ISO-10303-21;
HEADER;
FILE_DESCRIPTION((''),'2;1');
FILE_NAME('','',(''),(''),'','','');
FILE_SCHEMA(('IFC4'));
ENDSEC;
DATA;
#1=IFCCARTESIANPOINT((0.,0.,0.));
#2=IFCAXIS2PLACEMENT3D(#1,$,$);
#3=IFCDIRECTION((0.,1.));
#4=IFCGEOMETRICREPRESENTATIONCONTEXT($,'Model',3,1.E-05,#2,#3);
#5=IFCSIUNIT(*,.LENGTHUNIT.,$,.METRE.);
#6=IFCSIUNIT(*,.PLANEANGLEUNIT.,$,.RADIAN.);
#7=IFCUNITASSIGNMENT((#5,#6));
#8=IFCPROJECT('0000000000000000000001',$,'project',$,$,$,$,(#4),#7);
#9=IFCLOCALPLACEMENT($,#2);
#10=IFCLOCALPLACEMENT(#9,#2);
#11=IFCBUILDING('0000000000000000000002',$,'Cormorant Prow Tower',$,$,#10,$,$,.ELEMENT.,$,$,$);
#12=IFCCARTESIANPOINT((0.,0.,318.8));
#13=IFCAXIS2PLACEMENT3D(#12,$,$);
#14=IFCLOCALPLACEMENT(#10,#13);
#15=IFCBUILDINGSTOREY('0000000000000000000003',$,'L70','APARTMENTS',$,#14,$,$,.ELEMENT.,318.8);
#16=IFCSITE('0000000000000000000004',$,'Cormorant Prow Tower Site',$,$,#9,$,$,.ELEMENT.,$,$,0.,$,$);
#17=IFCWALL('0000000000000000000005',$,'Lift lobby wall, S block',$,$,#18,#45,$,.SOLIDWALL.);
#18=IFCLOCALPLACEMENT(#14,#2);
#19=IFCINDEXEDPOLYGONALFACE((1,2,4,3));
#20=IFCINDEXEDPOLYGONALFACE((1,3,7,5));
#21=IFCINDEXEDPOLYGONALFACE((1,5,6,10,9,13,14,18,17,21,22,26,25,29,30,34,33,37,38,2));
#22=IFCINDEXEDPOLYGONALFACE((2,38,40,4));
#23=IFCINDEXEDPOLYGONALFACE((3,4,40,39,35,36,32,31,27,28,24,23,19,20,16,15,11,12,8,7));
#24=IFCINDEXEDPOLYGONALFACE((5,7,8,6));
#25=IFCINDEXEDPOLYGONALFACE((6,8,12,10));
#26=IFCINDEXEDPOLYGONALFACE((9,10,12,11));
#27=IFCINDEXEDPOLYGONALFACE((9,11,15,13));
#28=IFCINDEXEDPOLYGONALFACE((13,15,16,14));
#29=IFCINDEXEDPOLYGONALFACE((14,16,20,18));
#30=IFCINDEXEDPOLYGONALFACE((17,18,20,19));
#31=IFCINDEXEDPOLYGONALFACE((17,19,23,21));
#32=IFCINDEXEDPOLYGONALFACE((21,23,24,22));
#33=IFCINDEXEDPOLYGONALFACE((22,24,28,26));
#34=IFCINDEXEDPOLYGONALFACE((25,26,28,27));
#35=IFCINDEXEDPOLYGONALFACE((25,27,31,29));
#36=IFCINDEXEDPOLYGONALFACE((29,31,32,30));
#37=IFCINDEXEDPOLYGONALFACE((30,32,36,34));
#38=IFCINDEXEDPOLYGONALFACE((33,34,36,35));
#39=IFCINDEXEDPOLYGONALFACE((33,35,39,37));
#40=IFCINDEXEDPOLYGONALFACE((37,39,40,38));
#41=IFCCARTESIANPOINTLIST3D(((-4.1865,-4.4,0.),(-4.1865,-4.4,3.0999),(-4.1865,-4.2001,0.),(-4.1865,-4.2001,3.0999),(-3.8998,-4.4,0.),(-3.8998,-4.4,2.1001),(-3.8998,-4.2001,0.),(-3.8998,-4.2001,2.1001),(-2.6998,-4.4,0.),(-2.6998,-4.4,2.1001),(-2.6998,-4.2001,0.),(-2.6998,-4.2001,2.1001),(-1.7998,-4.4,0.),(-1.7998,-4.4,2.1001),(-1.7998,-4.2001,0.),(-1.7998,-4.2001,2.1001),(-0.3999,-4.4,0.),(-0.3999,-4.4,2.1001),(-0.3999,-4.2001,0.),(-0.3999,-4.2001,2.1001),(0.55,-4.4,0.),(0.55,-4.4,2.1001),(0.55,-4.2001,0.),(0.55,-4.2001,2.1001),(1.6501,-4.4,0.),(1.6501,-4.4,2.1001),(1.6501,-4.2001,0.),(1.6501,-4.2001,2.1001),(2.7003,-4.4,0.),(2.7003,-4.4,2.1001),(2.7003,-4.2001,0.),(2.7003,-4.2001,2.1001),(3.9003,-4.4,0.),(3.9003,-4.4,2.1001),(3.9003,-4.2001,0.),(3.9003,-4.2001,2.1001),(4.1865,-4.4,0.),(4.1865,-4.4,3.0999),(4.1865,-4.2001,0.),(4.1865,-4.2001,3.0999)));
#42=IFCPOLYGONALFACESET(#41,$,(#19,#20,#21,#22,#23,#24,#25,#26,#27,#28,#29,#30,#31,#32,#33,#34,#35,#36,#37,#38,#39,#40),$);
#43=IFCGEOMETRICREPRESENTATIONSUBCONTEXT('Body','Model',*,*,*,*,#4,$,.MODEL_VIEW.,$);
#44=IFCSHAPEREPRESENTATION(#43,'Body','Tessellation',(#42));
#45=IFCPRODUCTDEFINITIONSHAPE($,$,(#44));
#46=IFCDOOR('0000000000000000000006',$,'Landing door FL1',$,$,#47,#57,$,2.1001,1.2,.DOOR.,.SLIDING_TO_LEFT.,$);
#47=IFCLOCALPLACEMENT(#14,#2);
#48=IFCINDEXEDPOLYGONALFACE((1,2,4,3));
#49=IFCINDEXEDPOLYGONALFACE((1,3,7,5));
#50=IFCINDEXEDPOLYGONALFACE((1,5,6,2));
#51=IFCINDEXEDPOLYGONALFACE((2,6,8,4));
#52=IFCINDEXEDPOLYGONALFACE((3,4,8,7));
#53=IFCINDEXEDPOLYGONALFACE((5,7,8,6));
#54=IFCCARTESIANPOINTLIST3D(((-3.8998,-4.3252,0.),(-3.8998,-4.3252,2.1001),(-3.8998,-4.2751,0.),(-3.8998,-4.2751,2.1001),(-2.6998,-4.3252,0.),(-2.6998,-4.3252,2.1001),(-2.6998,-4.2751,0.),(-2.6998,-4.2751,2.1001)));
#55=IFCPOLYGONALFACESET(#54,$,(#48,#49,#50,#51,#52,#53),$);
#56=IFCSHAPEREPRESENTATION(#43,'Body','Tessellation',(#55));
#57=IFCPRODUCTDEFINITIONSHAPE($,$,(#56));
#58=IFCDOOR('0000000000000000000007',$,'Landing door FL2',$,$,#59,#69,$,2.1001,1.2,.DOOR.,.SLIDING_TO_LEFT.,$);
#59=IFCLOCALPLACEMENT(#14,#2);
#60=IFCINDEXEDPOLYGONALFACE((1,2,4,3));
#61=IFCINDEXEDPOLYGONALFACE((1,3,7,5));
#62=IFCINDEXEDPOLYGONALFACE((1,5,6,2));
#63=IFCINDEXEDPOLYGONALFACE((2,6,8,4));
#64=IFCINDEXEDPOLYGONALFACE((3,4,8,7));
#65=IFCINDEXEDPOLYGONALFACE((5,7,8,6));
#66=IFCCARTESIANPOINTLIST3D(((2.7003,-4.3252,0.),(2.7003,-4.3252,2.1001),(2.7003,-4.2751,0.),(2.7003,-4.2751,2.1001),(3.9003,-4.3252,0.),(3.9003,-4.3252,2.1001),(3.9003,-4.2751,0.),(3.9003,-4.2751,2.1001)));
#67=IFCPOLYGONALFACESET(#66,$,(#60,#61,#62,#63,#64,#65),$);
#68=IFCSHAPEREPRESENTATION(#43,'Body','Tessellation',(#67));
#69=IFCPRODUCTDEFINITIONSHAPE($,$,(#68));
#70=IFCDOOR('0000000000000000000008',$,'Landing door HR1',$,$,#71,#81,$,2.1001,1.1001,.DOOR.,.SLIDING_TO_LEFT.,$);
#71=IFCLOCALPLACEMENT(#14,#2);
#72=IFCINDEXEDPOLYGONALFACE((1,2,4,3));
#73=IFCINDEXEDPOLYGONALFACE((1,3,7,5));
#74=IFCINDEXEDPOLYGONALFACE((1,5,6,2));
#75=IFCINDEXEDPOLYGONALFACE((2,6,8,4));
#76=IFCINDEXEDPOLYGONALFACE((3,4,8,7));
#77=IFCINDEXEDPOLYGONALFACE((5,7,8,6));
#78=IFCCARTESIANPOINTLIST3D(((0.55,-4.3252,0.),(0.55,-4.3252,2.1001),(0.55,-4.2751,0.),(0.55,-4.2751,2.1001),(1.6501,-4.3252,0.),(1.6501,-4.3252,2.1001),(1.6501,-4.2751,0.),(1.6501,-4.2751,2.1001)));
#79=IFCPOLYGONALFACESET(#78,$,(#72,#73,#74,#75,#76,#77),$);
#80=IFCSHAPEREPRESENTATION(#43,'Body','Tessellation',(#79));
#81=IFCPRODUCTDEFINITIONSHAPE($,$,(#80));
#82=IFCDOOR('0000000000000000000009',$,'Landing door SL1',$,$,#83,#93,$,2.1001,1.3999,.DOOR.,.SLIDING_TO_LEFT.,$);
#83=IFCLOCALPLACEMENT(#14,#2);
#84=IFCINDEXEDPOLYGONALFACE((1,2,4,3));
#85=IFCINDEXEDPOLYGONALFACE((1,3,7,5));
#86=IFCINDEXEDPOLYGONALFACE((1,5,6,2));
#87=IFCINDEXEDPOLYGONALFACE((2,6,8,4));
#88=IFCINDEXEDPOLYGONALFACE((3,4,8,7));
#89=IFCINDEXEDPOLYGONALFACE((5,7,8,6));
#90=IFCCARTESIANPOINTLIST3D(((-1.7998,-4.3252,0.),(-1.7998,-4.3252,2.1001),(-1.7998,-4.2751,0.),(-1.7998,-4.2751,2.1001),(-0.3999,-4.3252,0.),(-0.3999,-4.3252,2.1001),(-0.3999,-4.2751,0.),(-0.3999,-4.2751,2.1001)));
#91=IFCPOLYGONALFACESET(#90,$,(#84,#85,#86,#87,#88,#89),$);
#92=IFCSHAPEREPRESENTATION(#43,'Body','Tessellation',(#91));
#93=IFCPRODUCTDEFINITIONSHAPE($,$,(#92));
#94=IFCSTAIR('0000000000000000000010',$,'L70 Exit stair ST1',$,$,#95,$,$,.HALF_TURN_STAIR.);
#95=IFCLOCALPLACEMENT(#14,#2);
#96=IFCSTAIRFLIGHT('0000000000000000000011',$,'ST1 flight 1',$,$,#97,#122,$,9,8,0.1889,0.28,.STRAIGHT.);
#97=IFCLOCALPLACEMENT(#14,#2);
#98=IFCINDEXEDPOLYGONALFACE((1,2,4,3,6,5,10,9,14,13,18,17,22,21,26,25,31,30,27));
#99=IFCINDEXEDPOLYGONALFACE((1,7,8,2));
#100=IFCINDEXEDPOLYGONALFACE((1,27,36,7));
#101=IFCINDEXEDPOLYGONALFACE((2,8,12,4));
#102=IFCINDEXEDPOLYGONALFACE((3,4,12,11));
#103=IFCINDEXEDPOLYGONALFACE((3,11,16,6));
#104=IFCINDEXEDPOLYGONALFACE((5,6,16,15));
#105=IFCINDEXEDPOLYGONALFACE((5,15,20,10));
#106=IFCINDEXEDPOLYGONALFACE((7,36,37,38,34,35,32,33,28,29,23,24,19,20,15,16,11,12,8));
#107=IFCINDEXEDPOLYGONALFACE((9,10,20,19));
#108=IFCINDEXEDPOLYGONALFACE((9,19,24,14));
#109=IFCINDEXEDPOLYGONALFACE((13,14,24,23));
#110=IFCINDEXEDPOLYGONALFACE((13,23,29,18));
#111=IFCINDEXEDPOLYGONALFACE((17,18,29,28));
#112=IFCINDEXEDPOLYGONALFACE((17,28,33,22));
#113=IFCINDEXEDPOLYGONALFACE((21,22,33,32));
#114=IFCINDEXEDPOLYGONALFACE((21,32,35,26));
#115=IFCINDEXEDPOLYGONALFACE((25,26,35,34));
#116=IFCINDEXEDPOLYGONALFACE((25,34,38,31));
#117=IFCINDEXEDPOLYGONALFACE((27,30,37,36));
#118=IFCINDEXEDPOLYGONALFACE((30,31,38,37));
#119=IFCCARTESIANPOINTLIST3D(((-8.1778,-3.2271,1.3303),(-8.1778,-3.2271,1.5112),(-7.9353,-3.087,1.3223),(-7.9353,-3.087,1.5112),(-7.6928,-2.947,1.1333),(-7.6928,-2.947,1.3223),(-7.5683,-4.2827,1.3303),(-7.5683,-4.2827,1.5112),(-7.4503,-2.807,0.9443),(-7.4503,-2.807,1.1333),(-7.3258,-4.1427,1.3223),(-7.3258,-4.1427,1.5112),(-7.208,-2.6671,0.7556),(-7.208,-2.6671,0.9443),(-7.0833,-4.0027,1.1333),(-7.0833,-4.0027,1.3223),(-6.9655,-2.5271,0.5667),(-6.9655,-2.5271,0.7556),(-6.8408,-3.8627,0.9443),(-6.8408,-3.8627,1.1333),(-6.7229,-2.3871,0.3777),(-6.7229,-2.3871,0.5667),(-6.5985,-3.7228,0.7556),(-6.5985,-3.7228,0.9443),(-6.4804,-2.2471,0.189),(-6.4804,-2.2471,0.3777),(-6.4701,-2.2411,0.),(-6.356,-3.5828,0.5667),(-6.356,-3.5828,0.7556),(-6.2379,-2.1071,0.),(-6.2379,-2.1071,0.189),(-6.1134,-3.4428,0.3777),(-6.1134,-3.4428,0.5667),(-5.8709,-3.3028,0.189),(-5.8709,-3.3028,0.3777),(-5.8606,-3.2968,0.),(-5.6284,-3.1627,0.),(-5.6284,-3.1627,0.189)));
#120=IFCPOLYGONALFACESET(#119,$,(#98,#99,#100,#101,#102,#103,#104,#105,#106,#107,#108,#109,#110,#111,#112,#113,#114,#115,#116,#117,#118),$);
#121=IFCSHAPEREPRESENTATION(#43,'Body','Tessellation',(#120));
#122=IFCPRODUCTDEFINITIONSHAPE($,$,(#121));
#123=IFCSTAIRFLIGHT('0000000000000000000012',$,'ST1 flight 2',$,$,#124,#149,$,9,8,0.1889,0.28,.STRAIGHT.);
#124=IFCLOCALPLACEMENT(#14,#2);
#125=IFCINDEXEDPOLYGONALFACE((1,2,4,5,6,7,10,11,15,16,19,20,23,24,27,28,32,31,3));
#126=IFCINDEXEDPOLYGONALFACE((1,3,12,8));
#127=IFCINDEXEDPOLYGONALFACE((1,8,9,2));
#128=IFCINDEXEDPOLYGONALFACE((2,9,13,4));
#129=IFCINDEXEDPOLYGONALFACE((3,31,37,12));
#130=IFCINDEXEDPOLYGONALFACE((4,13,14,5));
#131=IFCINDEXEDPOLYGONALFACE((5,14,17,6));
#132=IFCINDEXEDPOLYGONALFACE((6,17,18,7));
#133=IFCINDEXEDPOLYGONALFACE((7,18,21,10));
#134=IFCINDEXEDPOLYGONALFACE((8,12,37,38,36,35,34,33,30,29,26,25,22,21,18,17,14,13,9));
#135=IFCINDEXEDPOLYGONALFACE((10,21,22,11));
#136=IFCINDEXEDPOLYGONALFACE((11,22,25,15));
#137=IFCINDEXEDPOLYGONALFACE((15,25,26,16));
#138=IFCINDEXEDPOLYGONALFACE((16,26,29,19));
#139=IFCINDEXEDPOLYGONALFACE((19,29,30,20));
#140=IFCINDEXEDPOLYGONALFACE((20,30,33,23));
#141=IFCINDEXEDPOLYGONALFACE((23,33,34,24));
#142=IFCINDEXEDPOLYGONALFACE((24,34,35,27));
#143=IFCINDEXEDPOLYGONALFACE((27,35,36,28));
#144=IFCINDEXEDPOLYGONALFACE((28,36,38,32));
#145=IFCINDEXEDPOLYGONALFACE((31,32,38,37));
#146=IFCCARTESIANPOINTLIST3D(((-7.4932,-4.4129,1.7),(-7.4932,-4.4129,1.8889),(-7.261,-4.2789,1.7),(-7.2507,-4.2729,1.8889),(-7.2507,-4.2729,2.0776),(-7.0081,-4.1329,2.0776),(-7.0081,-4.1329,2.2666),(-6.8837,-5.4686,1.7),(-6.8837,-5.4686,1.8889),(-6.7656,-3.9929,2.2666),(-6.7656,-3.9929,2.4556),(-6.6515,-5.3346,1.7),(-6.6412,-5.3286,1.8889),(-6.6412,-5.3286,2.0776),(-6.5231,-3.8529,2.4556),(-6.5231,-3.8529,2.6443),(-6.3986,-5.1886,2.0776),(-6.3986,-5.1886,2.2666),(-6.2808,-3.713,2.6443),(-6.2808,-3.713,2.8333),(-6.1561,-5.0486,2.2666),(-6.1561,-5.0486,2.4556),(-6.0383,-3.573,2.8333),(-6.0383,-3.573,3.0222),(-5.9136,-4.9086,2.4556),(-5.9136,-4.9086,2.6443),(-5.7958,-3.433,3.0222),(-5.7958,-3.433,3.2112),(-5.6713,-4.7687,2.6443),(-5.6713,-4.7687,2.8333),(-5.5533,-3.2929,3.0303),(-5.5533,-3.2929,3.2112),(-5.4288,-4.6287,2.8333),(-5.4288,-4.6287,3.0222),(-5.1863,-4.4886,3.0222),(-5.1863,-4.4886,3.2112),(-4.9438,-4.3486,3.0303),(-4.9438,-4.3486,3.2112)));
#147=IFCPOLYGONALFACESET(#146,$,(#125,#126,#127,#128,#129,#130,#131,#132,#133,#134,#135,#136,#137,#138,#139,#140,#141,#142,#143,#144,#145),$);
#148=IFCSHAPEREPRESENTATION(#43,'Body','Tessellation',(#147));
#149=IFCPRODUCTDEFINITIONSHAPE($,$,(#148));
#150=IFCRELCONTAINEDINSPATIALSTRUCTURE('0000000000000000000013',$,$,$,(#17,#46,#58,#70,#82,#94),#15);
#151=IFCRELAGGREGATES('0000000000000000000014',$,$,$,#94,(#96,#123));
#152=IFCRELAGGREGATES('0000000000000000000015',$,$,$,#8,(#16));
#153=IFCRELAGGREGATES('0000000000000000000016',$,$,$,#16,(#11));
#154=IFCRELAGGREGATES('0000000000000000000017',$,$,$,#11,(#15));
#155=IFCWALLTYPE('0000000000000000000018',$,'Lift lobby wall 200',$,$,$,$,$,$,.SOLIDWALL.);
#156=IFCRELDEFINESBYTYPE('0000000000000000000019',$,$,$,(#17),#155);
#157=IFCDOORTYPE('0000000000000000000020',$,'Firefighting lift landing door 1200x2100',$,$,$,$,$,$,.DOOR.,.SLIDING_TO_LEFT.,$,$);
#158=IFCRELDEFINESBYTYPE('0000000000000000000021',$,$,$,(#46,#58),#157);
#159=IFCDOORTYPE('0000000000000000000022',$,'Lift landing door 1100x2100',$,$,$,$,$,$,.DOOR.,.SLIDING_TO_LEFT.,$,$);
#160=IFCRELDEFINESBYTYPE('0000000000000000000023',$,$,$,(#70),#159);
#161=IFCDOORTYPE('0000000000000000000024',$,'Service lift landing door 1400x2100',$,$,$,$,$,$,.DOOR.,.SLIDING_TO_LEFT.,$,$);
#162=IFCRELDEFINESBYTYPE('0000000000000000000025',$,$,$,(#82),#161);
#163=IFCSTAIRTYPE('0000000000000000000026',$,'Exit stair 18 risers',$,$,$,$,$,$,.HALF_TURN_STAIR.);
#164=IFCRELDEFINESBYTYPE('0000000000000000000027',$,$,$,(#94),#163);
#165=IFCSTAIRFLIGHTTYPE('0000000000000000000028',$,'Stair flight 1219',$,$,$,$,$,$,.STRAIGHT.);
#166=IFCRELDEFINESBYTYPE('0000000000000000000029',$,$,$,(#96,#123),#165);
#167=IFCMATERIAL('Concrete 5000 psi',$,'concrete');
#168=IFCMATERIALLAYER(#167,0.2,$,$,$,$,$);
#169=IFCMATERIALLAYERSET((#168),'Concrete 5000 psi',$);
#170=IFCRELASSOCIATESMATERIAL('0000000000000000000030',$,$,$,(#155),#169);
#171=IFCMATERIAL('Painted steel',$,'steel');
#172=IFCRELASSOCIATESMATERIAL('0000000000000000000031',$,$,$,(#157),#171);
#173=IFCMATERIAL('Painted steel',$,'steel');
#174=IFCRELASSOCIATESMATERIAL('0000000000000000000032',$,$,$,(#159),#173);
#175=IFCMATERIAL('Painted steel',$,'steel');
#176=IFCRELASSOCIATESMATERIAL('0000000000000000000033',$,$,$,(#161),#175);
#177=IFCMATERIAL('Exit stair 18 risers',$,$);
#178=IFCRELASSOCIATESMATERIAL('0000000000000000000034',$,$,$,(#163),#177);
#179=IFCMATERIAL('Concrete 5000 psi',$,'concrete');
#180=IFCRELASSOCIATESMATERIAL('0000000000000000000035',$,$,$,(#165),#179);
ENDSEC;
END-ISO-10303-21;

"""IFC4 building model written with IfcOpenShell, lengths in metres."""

from ifc_helpers import new_model, si_unit, direction, frame, frame_2d, origin, place, context, subcontext, project, spatial, polyline, rectangle, outline, extrude, material, layer, layer_set, type_object, element, fill, aggregate, save


model = new_model("IFC4")

# Units and contexts
model_context = context("Model", 3, precision=1e-05, world=origin(), true_north=direction((0.0, 1.0)))
body_context = subcontext(model_context, "Body", "Model", "MODEL_VIEW")
ifc_project = project(units=[si_unit("LENGTHUNIT", "METRE"), si_unit("PLANEANGLEUNIT", "RADIAN")], contexts=[model_context])

# Site, building, storey
site_placement = place(None, origin())
site = spatial("IfcSite", under=ifc_project, at=site_placement, Name="Cormorant Prow Tower Site", CompositionType="ELEMENT", RefElevation=0.0)
building_placement = place(site_placement, origin())
building = spatial("IfcBuilding", under=site, at=building_placement, Name="Cormorant Prow Tower", CompositionType="ELEMENT")
storey_placement = place(building_placement, frame((0.0, 0.0, 318.8)))
storey = spatial("IfcBuildingStorey", under=building, at=storey_placement, Name="L70", Description="APARTMENTS", CompositionType="ELEMENT", Elevation=318.8)

# Wall, openings, doors
ifc_material_1 = material(Name="Concrete 5000 psi", Category="concrete")
ifc_layer_1 = layer(ifc_material_1, 0.2)
ifc_layer_set_1 = layer_set([ifc_layer_1], Name="Concrete 5000 psi")
wall_type_1 = type_object("IfcWallType", Name="Lift lobby wall 200", PredefinedType="SOLIDWALL", material=ifc_layer_set_1)
wall_1_placement = place(storey_placement, frame((-4.1865, -4.3, 0.0), z_axis=(0.0, 0.0, 1.0), x_axis=(1.0, 0.0, 0.0)))
wall_1 = element("IfcWall", 1, at=wall_1_placement, inside=storey, type_object=wall_type_1, Name="Lift lobby wall, S block", PredefinedType="SOLIDWALL", context=body_context, shape_type="SweptSolid", body=[
    extrude(rectangle(XDim=8.373, YDim=0.2, at=frame_2d((4.1865, 0.0))), origin(), (0.0, 0.0, 1.0), 3.0999),
])
opening_1_placement = place(wall_1_placement, frame((0.2866, 0.0, 0.0)))
opening_1 = element("IfcOpeningElement", 2, at=opening_1_placement, cuts=wall_1, PredefinedType="OPENING", context=body_context, shape_type="SweptSolid", body=[
    extrude(rectangle(XDim=1.2, YDim=2.1001, at=frame_2d((0.6001, 1.05))), frame((0.0, 0.1099, 0.0), z_axis=(0.0, -1.0, 0.0), x_axis=(1.0, 0.0, 0.0)), (0.0, 0.0, 1.0), 0.22),
])
opening_2_placement = place(wall_1_placement, frame((2.3867, 0.0, 0.0)))
opening_2 = element("IfcOpeningElement", 3, at=opening_2_placement, cuts=wall_1, PredefinedType="OPENING", context=body_context, shape_type="SweptSolid", body=[
    extrude(rectangle(XDim=1.3999, YDim=2.1001, at=frame_2d((0.7, 1.05))), frame((0.0, 0.1099, 0.0), z_axis=(0.0, -1.0, 0.0), x_axis=(1.0, 0.0, 0.0)), (0.0, 0.0, 1.0), 0.22),
])
opening_3_placement = place(wall_1_placement, frame((4.7366, 0.0, 0.0)))
opening_3 = element("IfcOpeningElement", 4, at=opening_3_placement, cuts=wall_1, PredefinedType="OPENING", context=body_context, shape_type="SweptSolid", body=[
    extrude(rectangle(XDim=1.1001, YDim=2.1001, at=frame_2d((0.55, 1.05))), frame((0.0, 0.1099, 0.0), z_axis=(0.0, -1.0, 0.0), x_axis=(1.0, 0.0, 0.0)), (0.0, 0.0, 1.0), 0.22),
])
opening_4_placement = place(wall_1_placement, frame((6.8867, 0.0, 0.0)))
opening_4 = element("IfcOpeningElement", 5, at=opening_4_placement, cuts=wall_1, PredefinedType="OPENING", context=body_context, shape_type="SweptSolid", body=[
    extrude(rectangle(XDim=1.2, YDim=2.1001, at=frame_2d((0.6001, 1.05))), frame((0.0, 0.1099, 0.0), z_axis=(0.0, -1.0, 0.0), x_axis=(1.0, 0.0, 0.0)), (0.0, 0.0, 1.0), 0.22),
])
ifc_material_2 = material(Name="Painted steel", Category="steel")
door_type_1 = type_object("IfcDoorType", Name="Firefighting lift landing door 1200x2100", OperationType="SLIDING_TO_LEFT", PredefinedType="DOOR", material=ifc_material_2)
door_1_placement = place(opening_1_placement, origin())
door_1 = element("IfcDoor", 6, at=door_1_placement, inside=storey, type_object=door_type_1, Name="Landing door FL1", OperationType="SLIDING_TO_LEFT", OverallHeight=2.1001, OverallWidth=1.2, PredefinedType="DOOR", context=body_context, shape_type="SweptSolid", body=[
    extrude(rectangle(XDim=1.2, YDim=2.1001, at=frame_2d((0.6001, 1.05))), frame((0.0, 0.0249, 0.0), z_axis=(0.0, -1.0, 0.0), x_axis=(1.0, 0.0, 0.0)), (0.0, 0.0, 1.0), 0.05),
])
fill(opening_1, door_1)
door_2_placement = place(opening_4_placement, origin())
door_2 = element("IfcDoor", 7, at=door_2_placement, inside=storey, type_object=door_type_1, Name="Landing door FL2", OperationType="SLIDING_TO_LEFT", OverallHeight=2.1001, OverallWidth=1.2, PredefinedType="DOOR", context=body_context, shape_type="SweptSolid", body=[
    extrude(rectangle(XDim=1.2, YDim=2.1001, at=frame_2d((0.6001, 1.05))), frame((0.0, 0.0249, 0.0), z_axis=(0.0, -1.0, 0.0), x_axis=(1.0, 0.0, 0.0)), (0.0, 0.0, 1.0), 0.05),
])
fill(opening_4, door_2)
ifc_material_3 = material(Name="Painted steel", Category="steel")
door_type_2 = type_object("IfcDoorType", Name="Lift landing door 1100x2100", OperationType="SLIDING_TO_LEFT", PredefinedType="DOOR", material=ifc_material_3)
door_3_placement = place(opening_3_placement, origin())
door_3 = element("IfcDoor", 8, at=door_3_placement, inside=storey, type_object=door_type_2, Name="Landing door HR1", OperationType="SLIDING_TO_LEFT", OverallHeight=2.1001, OverallWidth=1.1001, PredefinedType="DOOR", context=body_context, shape_type="SweptSolid", body=[
    extrude(rectangle(XDim=1.1001, YDim=2.1001, at=frame_2d((0.55, 1.05))), frame((0.0, 0.0249, 0.0), z_axis=(0.0, -1.0, 0.0), x_axis=(1.0, 0.0, 0.0)), (0.0, 0.0, 1.0), 0.05),
])
fill(opening_3, door_3)
ifc_material_4 = material(Name="Painted steel", Category="steel")
door_type_3 = type_object("IfcDoorType", Name="Service lift landing door 1400x2100", OperationType="SLIDING_TO_LEFT", PredefinedType="DOOR", material=ifc_material_4)
door_4_placement = place(opening_2_placement, origin())
door_4 = element("IfcDoor", 9, at=door_4_placement, inside=storey, type_object=door_type_3, Name="Landing door SL1", OperationType="SLIDING_TO_LEFT", OverallHeight=2.1001, OverallWidth=1.3999, PredefinedType="DOOR", context=body_context, shape_type="SweptSolid", body=[
    extrude(rectangle(XDim=1.3999, YDim=2.1001, at=frame_2d((0.7, 1.05))), frame((0.0, 0.0249, 0.0), z_axis=(0.0, -1.0, 0.0), x_axis=(1.0, 0.0, 0.0)), (0.0, 0.0, 1.0), 0.05),
])
fill(opening_2, door_4)

# Stair, stair flights
ifc_material_5 = material(Name="Exit stair 18 risers")
stair_type = type_object("IfcStairType", Name="Exit stair 18 risers", PredefinedType="HALF_TURN_STAIR", material=ifc_material_5)
stair_placement = place(storey_placement, origin())
stair = element("IfcStair", 10, at=stair_placement, inside=storey, type_object=stair_type, Name="L70 Exit stair ST1", PredefinedType="HALF_TURN_STAIR")
ifc_material_6 = material(Name="Concrete 5000 psi", Category="concrete")
stair_flight_type = type_object("IfcStairFlightType", Name="Stair flight 1219", PredefinedType="STRAIGHT", material=ifc_material_6)
stair_flight_1_placement = place(storey_placement, frame((-5.9331, -2.635, 0.0), z_axis=(0.0, 0.0, 1.0), x_axis=(-0.866025, -0.5, 0.0)))
stair_flight_1 = element("IfcStairFlight", 11, at=stair_flight_1_placement, type_object=stair_flight_type, Name="ST1 flight 1", NumberOfRisers=9, NumberOfTreads=8, PredefinedType="STRAIGHT", RiserHeight=0.1889, TreadLength=0.28, context=body_context, shape_type="SweptSolid", body=[
    extrude(outline(polyline([(0.0, 0.0), (0.0, 0.189), (0.28, 0.189), (0.28, 0.3777), (0.5601, 0.3777), (0.5601, 0.5667), (0.8401, 0.5667), (0.8401, 0.7556), (1.1201, 0.7556), (1.1201, 0.9443), (1.3999, 0.9443), (1.3999, 1.1333), (1.6799, 1.1333), (1.6799, 1.3223), (1.96, 1.3223), (1.96, 1.5112), (2.24, 1.5112), (2.24, 1.7), (2.24, 1.3303), (0.2681, 0.0), (0.0, 0.0)])), frame((0.0, 0.6094, 0.0), z_axis=(0.0, -1.0, 0.0), x_axis=(1.0, 0.0, 0.0)), (0.0, 0.0, 1.0), 1.219),
])
stair_flight_2_placement = place(storey_placement, frame((-7.1885, -4.9407, 1.7), z_axis=(0.0, 0.0, 1.0), x_axis=(0.866025, 0.5, 0.0)))
stair_flight_2 = element("IfcStairFlight", 12, at=stair_flight_2_placement, type_object=stair_flight_type, Name="ST1 flight 2", NumberOfRisers=9, NumberOfTreads=8, PredefinedType="STRAIGHT", RiserHeight=0.1889, TreadLength=0.28, context=body_context, shape_type="SweptSolid", body=[
    extrude(outline(polyline([(0.0, 0.0), (0.0, 0.189), (0.28, 0.189), (0.28, 0.3777), (0.5601, 0.3777), (0.5601, 0.5667), (0.8401, 0.5667), (0.8401, 0.7556), (1.1201, 0.7556), (1.1201, 0.9443), (1.3999, 0.9443), (1.3999, 1.1333), (1.6799, 1.1333), (1.6799, 1.3223), (1.96, 1.3223), (1.96, 1.5112), (2.24, 1.5112), (2.24, 1.7), (2.24, 1.3303), (0.2681, 0.0), (0.0, 0.0)])), frame((0.0, 0.6094, 0.0), z_axis=(0.0, -1.0, 0.0), x_axis=(1.0, 0.0, 0.0)), (0.0, 0.0, 1.0), 1.219),
])
aggregate(stair, [stair_flight_1, stair_flight_2])

save(model, "model.ifc")
